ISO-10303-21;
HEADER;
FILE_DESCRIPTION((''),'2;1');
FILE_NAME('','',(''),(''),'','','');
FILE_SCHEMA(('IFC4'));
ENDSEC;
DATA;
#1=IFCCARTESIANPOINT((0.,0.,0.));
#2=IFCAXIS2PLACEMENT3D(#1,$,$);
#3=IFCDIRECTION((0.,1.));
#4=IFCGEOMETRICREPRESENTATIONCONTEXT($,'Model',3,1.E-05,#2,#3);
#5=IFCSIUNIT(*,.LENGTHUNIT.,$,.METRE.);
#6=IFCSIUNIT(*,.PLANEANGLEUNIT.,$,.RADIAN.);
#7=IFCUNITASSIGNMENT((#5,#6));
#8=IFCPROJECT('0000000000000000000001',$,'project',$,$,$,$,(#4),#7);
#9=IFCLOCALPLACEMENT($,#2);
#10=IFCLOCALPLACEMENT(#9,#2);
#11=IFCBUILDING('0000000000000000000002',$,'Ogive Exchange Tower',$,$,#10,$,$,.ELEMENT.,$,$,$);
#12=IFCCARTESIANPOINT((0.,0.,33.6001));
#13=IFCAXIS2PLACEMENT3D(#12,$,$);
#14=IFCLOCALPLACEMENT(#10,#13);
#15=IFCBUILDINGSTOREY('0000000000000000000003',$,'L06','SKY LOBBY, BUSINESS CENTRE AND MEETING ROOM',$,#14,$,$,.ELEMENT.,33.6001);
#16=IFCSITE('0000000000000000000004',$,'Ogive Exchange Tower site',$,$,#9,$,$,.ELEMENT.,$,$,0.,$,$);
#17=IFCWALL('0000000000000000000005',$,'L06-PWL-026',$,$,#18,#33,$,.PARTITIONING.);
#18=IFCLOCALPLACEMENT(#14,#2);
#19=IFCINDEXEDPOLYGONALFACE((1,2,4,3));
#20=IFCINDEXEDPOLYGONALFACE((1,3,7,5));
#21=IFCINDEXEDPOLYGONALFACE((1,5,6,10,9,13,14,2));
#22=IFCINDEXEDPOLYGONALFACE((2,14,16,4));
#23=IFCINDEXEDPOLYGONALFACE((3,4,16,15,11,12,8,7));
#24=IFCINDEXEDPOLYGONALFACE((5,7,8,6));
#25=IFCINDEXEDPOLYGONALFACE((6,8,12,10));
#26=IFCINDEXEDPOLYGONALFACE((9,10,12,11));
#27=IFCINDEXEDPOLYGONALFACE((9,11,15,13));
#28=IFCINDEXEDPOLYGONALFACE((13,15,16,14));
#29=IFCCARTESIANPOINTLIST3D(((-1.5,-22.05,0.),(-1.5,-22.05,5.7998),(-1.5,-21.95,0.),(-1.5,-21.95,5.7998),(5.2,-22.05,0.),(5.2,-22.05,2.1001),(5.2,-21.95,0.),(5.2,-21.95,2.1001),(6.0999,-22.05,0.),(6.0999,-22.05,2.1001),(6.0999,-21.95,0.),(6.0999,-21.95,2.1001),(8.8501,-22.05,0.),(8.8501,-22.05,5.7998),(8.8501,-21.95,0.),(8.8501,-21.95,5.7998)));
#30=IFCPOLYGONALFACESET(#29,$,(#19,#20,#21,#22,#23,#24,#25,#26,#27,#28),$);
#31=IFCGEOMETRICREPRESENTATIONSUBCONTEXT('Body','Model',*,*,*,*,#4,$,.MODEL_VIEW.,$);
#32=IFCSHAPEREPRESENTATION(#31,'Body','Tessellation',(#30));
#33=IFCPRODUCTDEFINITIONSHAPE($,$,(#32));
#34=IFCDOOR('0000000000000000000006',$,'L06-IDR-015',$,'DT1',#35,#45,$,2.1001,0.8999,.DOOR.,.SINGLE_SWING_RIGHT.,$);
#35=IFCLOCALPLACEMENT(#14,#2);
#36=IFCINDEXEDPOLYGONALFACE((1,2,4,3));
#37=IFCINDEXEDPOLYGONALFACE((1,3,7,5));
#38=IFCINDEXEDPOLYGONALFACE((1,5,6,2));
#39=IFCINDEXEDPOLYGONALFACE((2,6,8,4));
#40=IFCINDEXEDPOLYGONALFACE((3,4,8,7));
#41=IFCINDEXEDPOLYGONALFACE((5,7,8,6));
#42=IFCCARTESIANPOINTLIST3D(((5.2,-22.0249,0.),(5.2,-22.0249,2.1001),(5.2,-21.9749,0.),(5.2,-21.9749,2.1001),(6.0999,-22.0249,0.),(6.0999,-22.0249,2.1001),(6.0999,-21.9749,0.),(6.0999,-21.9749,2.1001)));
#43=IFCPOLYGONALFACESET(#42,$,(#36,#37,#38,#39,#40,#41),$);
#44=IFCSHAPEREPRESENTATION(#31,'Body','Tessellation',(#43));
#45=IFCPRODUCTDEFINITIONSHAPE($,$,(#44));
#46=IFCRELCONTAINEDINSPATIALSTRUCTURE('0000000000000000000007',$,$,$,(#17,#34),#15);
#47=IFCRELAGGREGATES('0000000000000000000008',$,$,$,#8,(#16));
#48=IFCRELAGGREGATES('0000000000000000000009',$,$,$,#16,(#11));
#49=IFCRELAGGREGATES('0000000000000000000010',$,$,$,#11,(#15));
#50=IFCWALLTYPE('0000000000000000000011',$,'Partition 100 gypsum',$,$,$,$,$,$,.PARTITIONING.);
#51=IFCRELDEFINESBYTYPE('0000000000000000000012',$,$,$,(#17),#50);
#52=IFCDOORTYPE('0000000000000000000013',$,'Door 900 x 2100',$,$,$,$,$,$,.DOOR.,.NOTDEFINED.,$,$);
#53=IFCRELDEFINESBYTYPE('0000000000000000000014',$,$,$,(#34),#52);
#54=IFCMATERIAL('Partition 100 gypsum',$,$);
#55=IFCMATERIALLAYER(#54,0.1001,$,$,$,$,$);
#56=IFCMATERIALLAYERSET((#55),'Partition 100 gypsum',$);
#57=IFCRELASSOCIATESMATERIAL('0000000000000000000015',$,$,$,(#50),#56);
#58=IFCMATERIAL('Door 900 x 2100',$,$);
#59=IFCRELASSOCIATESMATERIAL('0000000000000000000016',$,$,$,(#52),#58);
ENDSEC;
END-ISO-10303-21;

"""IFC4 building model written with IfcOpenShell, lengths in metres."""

from ifc_helpers import new_model, si_unit, direction, frame, frame_2d, origin, place, context, subcontext, project, spatial, rectangle, extrude, material, layer, layer_set, type_object, element, fill, save


model = new_model("IFC4")

# Units and contexts
model_context = context("Model", 3, precision=1e-05, world=origin(), true_north=direction((0.0, 1.0)))
body_context = subcontext(model_context, "Body", "Model", "MODEL_VIEW")
ifc_project = project(units=[si_unit("LENGTHUNIT", "METRE"), si_unit("PLANEANGLEUNIT", "RADIAN")], contexts=[model_context])

# Site, building, storey
site_placement = place(None, origin())
site = spatial("IfcSite", under=ifc_project, at=site_placement, Name="Ogive Exchange Tower site", CompositionType="ELEMENT", RefElevation=0.0)
building_placement = place(site_placement, origin())
building = spatial("IfcBuilding", under=site, at=building_placement, Name="Ogive Exchange Tower", CompositionType="ELEMENT")
storey_placement = place(building_placement, frame((0.0, 0.0, 33.6001)))
storey = spatial("IfcBuildingStorey", under=building, at=storey_placement, Name="L06", Description="SKY LOBBY, BUSINESS CENTRE AND MEETING ROOM", CompositionType="ELEMENT", Elevation=33.6001)

# Shared definitions
ifc_material_1 = material(Name="Partition 100 gypsum")
ifc_layer_1 = layer(ifc_material_1, 0.1001)
ifc_layer_set_1 = layer_set([ifc_layer_1], Name="Partition 100 gypsum")
wall_type_1 = type_object("IfcWallType", Name="Partition 100 gypsum", PredefinedType="PARTITIONING", material=ifc_layer_set_1)

# Wall, opening, door
wall_1_placement = place(storey_placement, frame((-1.5, -22.0, 0.0), z_axis=(0.0, 0.0, 1.0), x_axis=(1.0, 0.0, 0.0)))
wall_1 = element("IfcWall", 1, at=wall_1_placement, inside=storey, type_object=wall_type_1, Name="L06-PWL-026", PredefinedType="PARTITIONING", context=body_context, shape_type="SweptSolid", body=[
    extrude(rectangle(XDim=10.3501, YDim=0.1001, at=frame_2d((5.175, 0.0))), origin(), (0.0, 0.0, 1.0), 5.7998),
])
opening_1_placement = place(wall_1_placement, frame((6.7, 0.0, 0.0)))
opening_1 = element("IfcOpeningElement", 2, at=opening_1_placement, cuts=wall_1, PredefinedType="OPENING", context=body_context, shape_type="SweptSolid", body=[
    extrude(rectangle(XDim=0.8999, YDim=2.1001, at=frame_2d((0.45, 1.05))), frame((0.0, 0.0601, 0.0), z_axis=(0.0, -1.0, 0.0), x_axis=(1.0, 0.0, 0.0)), (0.0, 0.0, 1.0), 0.1201),
])
ifc_material_2 = material(Name="Door 900 x 2100")
door_type_1 = type_object("IfcDoorType", Name="Door 900 x 2100", OperationType="NOTDEFINED", PredefinedType="DOOR", material=ifc_material_2)
door_1_placement = place(opening_1_placement, frame((0.8999, 0.0, 0.0), z_axis=(0.0, 0.0, 1.0), x_axis=(-1.0, 0.0, 0.0)))
door_1 = element("IfcDoor", 3, at=door_1_placement, inside=storey, type_object=door_type_1, Name="L06-IDR-015", ObjectType="DT1", OperationType="SINGLE_SWING_RIGHT", OverallHeight=2.1001, OverallWidth=0.8999, PredefinedType="DOOR", context=body_context, shape_type="SweptSolid", body=[
    extrude(rectangle(XDim=0.8999, YDim=2.1001, at=frame_2d((0.45, 1.05))), frame((0.0, 0.0249, 0.0), z_axis=(0.0, -1.0, 0.0), x_axis=(1.0, 0.0, 0.0)), (0.0, 0.0, 1.0), 0.05),
])
fill(opening_1, door_1)

save(model, "model.ifc")
